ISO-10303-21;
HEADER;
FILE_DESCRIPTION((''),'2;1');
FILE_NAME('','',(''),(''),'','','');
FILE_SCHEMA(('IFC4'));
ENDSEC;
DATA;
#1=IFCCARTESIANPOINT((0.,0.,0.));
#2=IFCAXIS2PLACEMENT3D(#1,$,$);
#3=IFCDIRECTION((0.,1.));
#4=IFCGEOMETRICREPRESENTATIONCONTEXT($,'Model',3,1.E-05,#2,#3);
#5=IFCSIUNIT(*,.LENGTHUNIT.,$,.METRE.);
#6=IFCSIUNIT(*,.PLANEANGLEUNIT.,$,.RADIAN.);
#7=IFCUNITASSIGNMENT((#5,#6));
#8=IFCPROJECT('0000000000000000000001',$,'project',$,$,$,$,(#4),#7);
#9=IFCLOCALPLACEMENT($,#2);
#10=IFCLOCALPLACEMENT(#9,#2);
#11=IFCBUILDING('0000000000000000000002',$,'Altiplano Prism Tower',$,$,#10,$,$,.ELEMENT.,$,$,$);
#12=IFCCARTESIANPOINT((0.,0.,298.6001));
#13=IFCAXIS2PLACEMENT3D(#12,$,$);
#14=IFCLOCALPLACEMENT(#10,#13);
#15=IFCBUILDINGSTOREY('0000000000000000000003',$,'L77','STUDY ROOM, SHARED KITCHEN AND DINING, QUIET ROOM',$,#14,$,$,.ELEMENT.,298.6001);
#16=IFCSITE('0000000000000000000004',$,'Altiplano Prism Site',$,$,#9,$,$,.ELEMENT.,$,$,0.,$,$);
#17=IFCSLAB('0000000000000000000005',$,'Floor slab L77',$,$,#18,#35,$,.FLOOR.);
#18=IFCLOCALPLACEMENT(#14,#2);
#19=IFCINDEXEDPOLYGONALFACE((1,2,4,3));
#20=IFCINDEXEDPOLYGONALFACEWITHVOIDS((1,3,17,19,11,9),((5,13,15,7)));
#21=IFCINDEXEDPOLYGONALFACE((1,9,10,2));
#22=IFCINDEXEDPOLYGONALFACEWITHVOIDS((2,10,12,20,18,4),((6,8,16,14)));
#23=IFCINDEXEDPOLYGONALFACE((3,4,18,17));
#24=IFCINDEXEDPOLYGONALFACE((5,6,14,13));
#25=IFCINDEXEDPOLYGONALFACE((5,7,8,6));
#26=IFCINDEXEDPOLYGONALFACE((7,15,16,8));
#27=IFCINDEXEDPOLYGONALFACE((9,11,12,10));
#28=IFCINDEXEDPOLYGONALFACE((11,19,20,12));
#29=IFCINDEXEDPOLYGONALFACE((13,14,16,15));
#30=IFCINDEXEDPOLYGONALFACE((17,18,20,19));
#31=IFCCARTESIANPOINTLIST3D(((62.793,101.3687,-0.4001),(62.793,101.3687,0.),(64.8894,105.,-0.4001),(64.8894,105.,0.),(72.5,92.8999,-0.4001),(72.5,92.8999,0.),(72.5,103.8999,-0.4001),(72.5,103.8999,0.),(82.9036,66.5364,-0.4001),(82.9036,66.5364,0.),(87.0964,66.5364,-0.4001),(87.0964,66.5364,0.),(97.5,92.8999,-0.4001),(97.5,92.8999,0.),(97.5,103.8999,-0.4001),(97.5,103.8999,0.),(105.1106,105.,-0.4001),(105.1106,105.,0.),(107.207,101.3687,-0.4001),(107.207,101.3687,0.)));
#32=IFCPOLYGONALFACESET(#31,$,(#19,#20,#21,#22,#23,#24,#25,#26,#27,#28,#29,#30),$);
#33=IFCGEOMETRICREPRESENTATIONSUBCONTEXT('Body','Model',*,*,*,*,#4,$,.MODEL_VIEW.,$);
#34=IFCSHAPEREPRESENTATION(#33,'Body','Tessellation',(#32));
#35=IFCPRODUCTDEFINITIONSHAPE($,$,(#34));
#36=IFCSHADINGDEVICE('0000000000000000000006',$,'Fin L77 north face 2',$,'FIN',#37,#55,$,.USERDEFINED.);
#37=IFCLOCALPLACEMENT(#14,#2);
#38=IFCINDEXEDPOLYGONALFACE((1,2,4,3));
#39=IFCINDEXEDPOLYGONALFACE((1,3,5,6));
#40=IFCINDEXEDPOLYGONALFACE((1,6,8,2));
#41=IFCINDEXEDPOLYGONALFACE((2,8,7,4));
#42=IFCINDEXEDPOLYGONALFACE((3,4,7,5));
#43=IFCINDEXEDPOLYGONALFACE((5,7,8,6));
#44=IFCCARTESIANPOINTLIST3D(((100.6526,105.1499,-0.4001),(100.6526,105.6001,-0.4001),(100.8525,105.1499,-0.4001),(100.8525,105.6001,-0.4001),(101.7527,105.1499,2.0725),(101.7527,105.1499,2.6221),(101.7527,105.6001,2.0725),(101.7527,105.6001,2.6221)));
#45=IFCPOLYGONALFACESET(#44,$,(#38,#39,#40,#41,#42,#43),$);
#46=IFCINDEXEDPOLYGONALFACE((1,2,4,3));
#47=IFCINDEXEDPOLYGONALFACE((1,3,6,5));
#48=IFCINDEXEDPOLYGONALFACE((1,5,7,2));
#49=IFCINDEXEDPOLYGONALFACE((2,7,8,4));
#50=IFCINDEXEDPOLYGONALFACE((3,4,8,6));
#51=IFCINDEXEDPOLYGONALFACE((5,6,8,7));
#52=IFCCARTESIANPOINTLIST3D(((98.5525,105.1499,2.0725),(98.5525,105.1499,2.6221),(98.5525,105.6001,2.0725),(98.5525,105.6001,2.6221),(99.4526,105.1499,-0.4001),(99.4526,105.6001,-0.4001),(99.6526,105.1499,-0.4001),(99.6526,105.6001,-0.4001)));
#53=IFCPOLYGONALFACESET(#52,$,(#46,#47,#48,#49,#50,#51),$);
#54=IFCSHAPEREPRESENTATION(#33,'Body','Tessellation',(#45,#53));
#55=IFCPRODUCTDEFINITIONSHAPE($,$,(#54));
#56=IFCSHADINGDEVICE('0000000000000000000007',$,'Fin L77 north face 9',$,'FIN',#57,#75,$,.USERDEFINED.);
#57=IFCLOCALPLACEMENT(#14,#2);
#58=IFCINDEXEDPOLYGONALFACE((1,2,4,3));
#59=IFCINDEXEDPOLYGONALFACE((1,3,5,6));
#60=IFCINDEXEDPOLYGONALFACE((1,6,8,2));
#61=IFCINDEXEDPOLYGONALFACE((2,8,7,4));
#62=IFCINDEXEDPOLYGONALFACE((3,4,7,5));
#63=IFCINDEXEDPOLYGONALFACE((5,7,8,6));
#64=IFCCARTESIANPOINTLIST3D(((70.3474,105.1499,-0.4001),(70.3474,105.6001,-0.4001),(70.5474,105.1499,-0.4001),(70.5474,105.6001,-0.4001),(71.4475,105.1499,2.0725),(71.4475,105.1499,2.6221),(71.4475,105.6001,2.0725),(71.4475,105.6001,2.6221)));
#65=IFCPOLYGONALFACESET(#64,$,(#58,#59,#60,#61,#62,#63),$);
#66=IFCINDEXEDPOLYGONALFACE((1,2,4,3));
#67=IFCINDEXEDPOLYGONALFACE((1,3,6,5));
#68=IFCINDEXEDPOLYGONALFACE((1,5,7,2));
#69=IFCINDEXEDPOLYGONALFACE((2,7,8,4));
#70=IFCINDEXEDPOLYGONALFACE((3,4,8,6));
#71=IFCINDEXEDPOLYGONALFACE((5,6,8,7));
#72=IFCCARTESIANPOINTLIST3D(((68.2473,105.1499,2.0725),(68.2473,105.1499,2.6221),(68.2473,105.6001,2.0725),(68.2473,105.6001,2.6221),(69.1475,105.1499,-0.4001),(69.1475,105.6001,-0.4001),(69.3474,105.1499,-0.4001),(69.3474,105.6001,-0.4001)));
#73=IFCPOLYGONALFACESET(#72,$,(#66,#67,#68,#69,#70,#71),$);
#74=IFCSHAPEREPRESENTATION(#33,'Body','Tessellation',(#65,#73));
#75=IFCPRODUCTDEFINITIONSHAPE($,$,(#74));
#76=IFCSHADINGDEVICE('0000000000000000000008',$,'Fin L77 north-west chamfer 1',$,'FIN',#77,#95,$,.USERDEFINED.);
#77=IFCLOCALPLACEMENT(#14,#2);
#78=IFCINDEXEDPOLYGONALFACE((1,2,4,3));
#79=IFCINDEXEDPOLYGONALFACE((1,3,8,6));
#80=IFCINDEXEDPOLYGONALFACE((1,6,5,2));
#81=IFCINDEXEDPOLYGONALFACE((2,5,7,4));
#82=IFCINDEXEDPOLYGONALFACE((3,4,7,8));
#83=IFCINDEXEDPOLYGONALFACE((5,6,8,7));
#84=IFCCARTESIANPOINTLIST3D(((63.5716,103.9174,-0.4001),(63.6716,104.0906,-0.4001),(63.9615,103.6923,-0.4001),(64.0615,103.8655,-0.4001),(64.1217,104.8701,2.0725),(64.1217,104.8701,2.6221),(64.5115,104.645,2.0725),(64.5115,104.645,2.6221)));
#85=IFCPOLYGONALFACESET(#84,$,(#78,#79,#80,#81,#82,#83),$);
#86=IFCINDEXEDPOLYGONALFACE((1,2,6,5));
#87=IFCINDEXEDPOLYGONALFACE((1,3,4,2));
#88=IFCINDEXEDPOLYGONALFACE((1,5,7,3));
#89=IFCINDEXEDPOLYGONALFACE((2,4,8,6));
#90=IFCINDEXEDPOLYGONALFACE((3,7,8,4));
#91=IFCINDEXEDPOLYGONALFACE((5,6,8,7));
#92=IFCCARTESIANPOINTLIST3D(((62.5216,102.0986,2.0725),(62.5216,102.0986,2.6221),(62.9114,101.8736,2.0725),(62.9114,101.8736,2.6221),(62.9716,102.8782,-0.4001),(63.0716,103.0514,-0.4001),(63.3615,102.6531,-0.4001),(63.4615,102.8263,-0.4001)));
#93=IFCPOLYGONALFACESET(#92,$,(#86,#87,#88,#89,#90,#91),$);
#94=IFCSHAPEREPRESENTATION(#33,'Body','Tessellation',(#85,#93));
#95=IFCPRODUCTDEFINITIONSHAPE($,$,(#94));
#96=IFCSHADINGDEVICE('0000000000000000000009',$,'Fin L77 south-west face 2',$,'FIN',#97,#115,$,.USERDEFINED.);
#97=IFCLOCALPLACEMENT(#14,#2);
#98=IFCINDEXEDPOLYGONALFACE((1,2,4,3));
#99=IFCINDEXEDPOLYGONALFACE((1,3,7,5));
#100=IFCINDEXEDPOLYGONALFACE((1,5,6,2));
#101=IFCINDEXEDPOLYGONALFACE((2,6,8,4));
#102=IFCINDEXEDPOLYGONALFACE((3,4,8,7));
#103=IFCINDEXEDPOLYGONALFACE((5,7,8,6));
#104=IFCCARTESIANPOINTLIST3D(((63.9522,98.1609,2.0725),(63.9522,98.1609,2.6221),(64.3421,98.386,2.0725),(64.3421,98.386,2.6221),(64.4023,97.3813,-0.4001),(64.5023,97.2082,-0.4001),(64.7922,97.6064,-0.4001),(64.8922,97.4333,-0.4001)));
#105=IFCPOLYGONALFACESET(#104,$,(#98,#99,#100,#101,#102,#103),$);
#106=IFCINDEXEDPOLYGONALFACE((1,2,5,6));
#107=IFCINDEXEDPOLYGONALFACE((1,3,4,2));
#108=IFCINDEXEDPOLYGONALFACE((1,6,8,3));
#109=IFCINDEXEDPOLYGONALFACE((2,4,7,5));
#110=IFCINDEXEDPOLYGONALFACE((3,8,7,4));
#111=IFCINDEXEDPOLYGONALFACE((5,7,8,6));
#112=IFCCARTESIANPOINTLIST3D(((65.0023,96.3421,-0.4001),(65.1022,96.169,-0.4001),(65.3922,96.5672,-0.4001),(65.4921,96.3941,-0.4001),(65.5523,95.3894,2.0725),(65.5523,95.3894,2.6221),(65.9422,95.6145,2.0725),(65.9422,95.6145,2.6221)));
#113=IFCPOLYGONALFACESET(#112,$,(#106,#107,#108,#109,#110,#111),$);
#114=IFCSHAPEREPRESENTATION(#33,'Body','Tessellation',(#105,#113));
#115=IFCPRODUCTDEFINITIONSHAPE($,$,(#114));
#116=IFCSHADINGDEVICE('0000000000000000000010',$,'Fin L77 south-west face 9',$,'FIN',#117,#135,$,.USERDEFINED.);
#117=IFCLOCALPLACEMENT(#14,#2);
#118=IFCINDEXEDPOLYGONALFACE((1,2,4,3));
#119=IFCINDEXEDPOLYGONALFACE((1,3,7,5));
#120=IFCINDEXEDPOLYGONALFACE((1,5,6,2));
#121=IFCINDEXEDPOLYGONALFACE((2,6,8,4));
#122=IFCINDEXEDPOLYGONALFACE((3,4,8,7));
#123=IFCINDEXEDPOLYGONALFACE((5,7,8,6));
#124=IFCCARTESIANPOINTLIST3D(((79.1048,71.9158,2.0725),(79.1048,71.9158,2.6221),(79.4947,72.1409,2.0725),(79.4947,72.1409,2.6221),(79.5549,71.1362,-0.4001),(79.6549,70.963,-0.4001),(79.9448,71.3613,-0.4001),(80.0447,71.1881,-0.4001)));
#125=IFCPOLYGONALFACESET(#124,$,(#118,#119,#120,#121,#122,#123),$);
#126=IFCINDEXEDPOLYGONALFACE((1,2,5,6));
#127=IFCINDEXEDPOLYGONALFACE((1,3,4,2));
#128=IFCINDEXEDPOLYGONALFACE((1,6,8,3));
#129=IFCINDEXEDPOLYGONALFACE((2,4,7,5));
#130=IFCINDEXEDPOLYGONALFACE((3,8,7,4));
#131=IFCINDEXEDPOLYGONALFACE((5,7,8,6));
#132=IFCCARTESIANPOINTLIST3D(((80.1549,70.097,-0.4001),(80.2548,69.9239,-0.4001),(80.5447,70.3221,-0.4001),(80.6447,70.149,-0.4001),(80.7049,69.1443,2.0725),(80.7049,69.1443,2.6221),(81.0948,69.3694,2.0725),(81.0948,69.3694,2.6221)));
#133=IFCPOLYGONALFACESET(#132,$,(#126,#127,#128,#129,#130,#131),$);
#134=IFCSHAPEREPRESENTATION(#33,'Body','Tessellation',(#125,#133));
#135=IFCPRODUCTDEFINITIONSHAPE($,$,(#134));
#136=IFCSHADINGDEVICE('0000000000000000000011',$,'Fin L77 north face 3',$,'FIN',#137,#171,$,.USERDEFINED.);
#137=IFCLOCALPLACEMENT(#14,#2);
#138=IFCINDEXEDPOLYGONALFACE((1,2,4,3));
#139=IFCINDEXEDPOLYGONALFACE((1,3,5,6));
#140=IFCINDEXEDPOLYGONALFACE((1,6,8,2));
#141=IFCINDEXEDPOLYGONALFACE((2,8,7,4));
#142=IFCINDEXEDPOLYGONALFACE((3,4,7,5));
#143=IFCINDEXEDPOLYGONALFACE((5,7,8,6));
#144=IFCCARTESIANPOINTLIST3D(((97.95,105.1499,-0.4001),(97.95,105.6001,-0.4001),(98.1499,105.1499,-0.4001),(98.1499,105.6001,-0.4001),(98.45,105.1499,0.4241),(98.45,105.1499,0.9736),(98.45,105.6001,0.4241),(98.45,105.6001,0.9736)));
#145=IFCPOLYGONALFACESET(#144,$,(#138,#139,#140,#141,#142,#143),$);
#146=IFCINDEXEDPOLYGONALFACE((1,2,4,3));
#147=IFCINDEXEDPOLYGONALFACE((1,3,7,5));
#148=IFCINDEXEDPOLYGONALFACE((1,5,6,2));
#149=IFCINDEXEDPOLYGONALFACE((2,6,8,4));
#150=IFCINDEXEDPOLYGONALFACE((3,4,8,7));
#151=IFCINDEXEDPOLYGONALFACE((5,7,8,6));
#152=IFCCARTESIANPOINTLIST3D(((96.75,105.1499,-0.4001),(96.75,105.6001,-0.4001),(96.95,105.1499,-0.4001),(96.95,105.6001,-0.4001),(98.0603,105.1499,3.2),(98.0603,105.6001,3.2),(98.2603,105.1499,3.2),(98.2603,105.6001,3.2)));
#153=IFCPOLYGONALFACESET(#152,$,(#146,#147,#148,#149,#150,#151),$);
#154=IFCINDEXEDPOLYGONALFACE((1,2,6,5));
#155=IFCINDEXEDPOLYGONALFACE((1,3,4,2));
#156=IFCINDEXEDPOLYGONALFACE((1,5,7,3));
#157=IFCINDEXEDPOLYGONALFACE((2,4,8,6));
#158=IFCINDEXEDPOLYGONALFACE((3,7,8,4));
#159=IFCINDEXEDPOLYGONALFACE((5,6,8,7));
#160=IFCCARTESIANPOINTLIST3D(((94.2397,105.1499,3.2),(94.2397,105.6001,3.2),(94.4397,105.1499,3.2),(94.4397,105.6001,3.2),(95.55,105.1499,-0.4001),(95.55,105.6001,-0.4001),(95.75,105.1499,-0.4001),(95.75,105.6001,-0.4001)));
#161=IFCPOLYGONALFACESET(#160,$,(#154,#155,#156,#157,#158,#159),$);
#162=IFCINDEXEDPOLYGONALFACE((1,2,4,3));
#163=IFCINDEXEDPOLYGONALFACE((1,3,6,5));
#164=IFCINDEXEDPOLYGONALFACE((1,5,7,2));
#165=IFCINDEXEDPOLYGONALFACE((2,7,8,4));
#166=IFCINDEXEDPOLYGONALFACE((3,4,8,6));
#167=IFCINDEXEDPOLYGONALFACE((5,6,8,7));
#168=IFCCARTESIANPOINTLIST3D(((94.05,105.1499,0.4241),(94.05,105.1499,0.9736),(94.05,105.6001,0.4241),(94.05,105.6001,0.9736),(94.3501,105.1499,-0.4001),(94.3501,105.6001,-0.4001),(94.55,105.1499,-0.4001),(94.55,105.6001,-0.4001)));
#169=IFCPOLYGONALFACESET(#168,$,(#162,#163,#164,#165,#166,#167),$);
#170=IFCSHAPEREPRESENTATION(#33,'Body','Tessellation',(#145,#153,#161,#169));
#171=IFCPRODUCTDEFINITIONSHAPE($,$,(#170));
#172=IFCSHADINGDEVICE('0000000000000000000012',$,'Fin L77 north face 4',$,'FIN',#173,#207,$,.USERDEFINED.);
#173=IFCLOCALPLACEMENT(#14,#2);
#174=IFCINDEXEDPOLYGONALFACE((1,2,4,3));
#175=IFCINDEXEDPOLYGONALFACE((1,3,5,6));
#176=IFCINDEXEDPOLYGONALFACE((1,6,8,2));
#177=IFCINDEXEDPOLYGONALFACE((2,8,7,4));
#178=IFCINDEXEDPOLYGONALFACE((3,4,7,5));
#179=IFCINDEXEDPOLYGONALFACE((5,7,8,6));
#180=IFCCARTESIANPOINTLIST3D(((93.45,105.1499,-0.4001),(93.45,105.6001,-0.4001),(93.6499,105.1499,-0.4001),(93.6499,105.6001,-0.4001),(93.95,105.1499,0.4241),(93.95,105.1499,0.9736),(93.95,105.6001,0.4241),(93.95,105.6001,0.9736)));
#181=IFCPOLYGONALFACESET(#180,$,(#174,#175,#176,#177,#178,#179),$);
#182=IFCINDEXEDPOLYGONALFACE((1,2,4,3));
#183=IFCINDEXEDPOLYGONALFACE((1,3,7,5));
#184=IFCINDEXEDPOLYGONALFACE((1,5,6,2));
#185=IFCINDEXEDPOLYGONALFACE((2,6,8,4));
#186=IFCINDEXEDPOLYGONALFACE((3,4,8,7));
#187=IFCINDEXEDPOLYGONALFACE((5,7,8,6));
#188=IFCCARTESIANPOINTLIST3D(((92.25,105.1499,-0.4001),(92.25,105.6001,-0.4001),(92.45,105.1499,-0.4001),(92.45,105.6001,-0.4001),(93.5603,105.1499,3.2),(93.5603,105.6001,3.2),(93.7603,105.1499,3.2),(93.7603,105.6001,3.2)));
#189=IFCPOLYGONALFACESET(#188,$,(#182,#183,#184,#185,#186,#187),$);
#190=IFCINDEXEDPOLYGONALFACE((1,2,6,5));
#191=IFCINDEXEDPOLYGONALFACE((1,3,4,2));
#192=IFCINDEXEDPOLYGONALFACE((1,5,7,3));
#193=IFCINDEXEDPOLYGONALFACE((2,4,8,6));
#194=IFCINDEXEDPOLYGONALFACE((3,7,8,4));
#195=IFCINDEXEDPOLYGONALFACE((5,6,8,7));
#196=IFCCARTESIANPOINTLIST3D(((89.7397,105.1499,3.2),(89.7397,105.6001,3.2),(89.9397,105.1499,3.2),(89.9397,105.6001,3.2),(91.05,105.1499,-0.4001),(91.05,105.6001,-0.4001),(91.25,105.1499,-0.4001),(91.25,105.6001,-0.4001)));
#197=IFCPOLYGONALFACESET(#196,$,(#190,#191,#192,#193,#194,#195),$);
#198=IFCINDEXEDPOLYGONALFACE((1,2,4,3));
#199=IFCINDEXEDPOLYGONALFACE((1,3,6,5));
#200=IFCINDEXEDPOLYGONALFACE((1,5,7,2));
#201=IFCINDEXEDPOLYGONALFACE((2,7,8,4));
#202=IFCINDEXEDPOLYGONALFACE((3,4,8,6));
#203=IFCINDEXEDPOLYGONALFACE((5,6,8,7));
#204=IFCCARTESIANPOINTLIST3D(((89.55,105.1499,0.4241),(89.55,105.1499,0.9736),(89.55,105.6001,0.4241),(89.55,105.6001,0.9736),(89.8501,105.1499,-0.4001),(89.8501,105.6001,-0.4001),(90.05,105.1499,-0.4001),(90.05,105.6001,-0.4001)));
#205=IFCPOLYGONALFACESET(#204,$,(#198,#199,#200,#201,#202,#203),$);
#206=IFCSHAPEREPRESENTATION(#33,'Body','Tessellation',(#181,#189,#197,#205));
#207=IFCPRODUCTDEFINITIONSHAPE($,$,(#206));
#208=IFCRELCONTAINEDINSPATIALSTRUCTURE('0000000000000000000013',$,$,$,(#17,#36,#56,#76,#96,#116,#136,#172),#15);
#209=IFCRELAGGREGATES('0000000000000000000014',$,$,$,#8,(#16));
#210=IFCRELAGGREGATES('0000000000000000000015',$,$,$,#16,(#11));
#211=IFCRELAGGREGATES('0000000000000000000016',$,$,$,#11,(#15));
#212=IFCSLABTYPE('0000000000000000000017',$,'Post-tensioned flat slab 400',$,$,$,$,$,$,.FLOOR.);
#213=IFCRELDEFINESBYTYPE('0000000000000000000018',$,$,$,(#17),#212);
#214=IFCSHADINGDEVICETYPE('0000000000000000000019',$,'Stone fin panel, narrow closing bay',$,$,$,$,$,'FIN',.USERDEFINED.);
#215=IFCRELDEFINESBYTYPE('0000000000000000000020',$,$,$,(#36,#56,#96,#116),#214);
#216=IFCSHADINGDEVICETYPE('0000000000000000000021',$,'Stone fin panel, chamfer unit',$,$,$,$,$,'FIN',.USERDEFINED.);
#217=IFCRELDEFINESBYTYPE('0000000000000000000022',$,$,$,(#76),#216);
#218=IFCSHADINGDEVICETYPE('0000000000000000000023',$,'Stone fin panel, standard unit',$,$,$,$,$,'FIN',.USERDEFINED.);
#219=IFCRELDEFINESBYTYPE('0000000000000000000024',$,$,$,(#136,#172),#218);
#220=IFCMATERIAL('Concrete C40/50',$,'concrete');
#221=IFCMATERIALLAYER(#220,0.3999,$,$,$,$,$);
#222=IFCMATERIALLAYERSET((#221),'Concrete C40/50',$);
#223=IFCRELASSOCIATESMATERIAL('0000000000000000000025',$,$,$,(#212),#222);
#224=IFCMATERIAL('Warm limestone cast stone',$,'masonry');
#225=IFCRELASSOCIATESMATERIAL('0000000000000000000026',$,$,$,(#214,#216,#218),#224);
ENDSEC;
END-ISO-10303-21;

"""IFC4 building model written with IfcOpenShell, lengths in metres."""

from ifc_helpers import new_model, si_unit, direction, frame, origin, place, context, subcontext, project, spatial, polyline, outline, extrude, source, transform, mapped, material, layer, layer_set, type_object, element, save


model = new_model("IFC4")

# Units and contexts
model_context = context("Model", 3, precision=1e-05, world=origin(), true_north=direction((0.0, 1.0)))
body_context = subcontext(model_context, "Body", "Model", "MODEL_VIEW")
ifc_project = project(units=[si_unit("LENGTHUNIT", "METRE"), si_unit("PLANEANGLEUNIT", "RADIAN")], contexts=[model_context])

# Site, building, storey
site_placement = place(None, origin())
site = spatial("IfcSite", under=ifc_project, at=site_placement, Name="Altiplano Prism Site", CompositionType="ELEMENT", RefElevation=0.0)
building_placement = place(site_placement, origin())
building = spatial("IfcBuilding", under=site, at=building_placement, Name="Altiplano Prism Tower", CompositionType="ELEMENT")
storey_placement = place(building_placement, frame((0.0, 0.0, 298.6001)))
storey = spatial("IfcBuildingStorey", under=building, at=storey_placement, Name="L77", Description="STUDY ROOM, SHARED KITCHEN AND DINING, QUIET ROOM", CompositionType="ELEMENT", Elevation=298.6001)

# Slab
ifc_material_1 = material(Name="Concrete C40/50", Category="concrete")
ifc_layer = layer(ifc_material_1, 0.3999)
ifc_layer_set = layer_set([ifc_layer], Name="Concrete C40/50")
slab_type = type_object("IfcSlabType", Name="Post-tensioned flat slab 400", PredefinedType="FLOOR", material=ifc_layer_set)
slab_placement = place(storey_placement, frame((0.0, 0.0, -0.4001)))
element("IfcSlab", 1, at=slab_placement, inside=storey, type_object=slab_type, Name="Floor slab L77", PredefinedType="FLOOR", context=body_context, shape_type="SweptSolid", body=[
    extrude(outline(polyline([(107.207, 101.3687), (87.0964, 66.5364), (82.9036, 66.5364), (62.793, 101.3687), (64.8894, 105.0), (105.1106, 105.0), (107.207, 101.3687)]), holes=[polyline([(97.5, 92.8999), (97.5, 103.8999), (72.5, 103.8999), (72.5, 92.8999), (97.5, 92.8999)])]), origin(), (0.0, 0.0, 1.0), 0.4001),
])

# Shading devices
ifc_material_2 = material(Name="Warm limestone cast stone", Category="masonry")
shading_device_type_1 = type_object("IfcShadingDeviceType", Name="Stone fin panel, narrow closing bay", ElementType="FIN", PredefinedType="USERDEFINED", material=ifc_material_2)
shared_shape_1 = source(origin(), body_context, "Body", "SweptSolid", [
    extrude(outline(polyline([(-1.6001, 3.0222), (-1.6001, 2.4727), (-0.7, 0.0), (-0.5, 0.0), (-1.6001, 3.0222)])), frame((0.0, -0.1499, 0.0), z_axis=(0.0, -1.0, 0.0), x_axis=(1.0, 0.0, 0.0)), (0.0, 0.0, 1.0), 0.4502),
    extrude(outline(polyline([(1.6001, 2.4727), (1.6001, 3.0222), (0.5, 0.0), (0.7, 0.0), (1.6001, 2.4727)])), frame((0.0, -0.1499, 0.0), z_axis=(0.0, -1.0, 0.0), x_axis=(1.0, 0.0, 0.0)), (0.0, 0.0, 1.0), 0.4502),
])
shading_device_1_placement = place(storey_placement, origin())
element("IfcShadingDevice", 2, at=shading_device_1_placement, inside=storey, type_object=shading_device_type_1, Name="Fin L77 north face 2", ObjectType="FIN", PredefinedType="USERDEFINED", context=body_context, shape_type="MappedRepresentation", body=[
    mapped(shared_shape_1, transform((100.1526, 105.0, -0.4001), x_axis=(-1.0, 0.0, 0.0), y_axis=(0.0, -1.0, 0.0), z_axis=(0.0, 0.0, 1.0))),
])
shading_device_2_placement = place(storey_placement, origin())
element("IfcShadingDevice", 3, at=shading_device_2_placement, inside=storey, type_object=shading_device_type_1, Name="Fin L77 north face 9", ObjectType="FIN", PredefinedType="USERDEFINED", context=body_context, shape_type="MappedRepresentation", body=[
    mapped(shared_shape_1, transform((69.8474, 105.0, -0.4001), x_axis=(-1.0, 0.0, 0.0), y_axis=(0.0, -1.0, 0.0), z_axis=(0.0, 0.0, 1.0))),
])
shading_device_type_2 = type_object("IfcShadingDeviceType", Name="Stone fin panel, chamfer unit", ElementType="FIN", PredefinedType="USERDEFINED", material=ifc_material_2)
shading_device_3_placement = place(storey_placement, origin())
element("IfcShadingDevice", 4, at=shading_device_3_placement, inside=storey, type_object=shading_device_type_2, Name="Fin L77 north-west chamfer 1", ObjectType="FIN", PredefinedType="USERDEFINED", context=body_context, shape_type="MappedRepresentation", body=[
    mapped(shared_shape_1, transform((63.8413, 103.1843, -0.4001), x_axis=(-0.5, -0.866025, 0.0), y_axis=(0.866025, -0.5, 0.0), z_axis=(0.0, 0.0, 1.0))),
])
shading_device_4_placement = place(storey_placement, origin())
element("IfcShadingDevice", 5, at=shading_device_4_placement, inside=storey, type_object=shading_device_type_1, Name="Fin L77 south-west face 2", ObjectType="FIN", PredefinedType="USERDEFINED", context=body_context, shape_type="MappedRepresentation", body=[
    mapped(shared_shape_1, transform((65.272, 97.0752, -0.4001), x_axis=(0.5, -0.866025, 0.0), y_axis=(0.866025, 0.5, 0.0), z_axis=(0.0, 0.0, 1.0))),
])
shading_device_5_placement = place(storey_placement, origin())
element("IfcShadingDevice", 6, at=shading_device_5_placement, inside=storey, type_object=shading_device_type_1, Name="Fin L77 south-west face 9", ObjectType="FIN", PredefinedType="USERDEFINED", context=body_context, shape_type="MappedRepresentation", body=[
    mapped(shared_shape_1, transform((80.4246, 70.8301, -0.4001), x_axis=(0.5, -0.866025, 0.0), y_axis=(0.866025, 0.5, 0.0), z_axis=(0.0, 0.0, 1.0))),
])
shading_device_type_3 = type_object("IfcShadingDeviceType", Name="Stone fin panel, standard unit", ElementType="FIN", PredefinedType="USERDEFINED", material=ifc_material_2)
shared_shape_2 = source(origin(), body_context, "Body", "SweptSolid", [
    extrude(outline(polyline([(-2.2, 1.3738), (-2.2, 0.8242), (-1.8999, 0.0), (-1.7, 0.0), (-2.2, 1.3738)])), frame((0.0, -0.1499, 0.0), z_axis=(0.0, -1.0, 0.0), x_axis=(1.0, 0.0, 0.0)), (0.0, 0.0, 1.0), 0.4502),
    extrude(outline(polyline([(-2.0103, 3.6001), (-0.7, 0.0), (-0.5, 0.0), (-1.8103, 3.6001), (-2.0103, 3.6001)])), frame((0.0, -0.1499, 0.0), z_axis=(0.0, -1.0, 0.0), x_axis=(1.0, 0.0, 0.0)), (0.0, 0.0, 1.0), 0.4502),
    extrude(outline(polyline([(1.8103, 3.6001), (0.5, 0.0), (0.7, 0.0), (2.0103, 3.6001), (1.8103, 3.6001)])), frame((0.0, -0.1499, 0.0), z_axis=(0.0, -1.0, 0.0), x_axis=(1.0, 0.0, 0.0)), (0.0, 0.0, 1.0), 0.4502),
    extrude(outline(polyline([(2.2, 0.8242), (2.2, 1.3738), (1.7, 0.0), (1.8999, 0.0), (2.2, 0.8242)])), frame((0.0, -0.1499, 0.0), z_axis=(0.0, -1.0, 0.0), x_axis=(1.0, 0.0, 0.0)), (0.0, 0.0, 1.0), 0.4502),
])
shading_device_6_placement = place(storey_placement, origin())
element("IfcShadingDevice", 7, at=shading_device_6_placement, inside=storey, type_object=shading_device_type_3, Name="Fin L77 north face 3", ObjectType="FIN", PredefinedType="USERDEFINED", context=body_context, shape_type="MappedRepresentation", body=[
    mapped(shared_shape_2, transform((96.25, 105.0, -0.4001), x_axis=(-1.0, 0.0, 0.0), y_axis=(0.0, -1.0, 0.0), z_axis=(0.0, 0.0, 1.0))),
])
shading_device_7_placement = place(storey_placement, origin())
element("IfcShadingDevice", 8, at=shading_device_7_placement, inside=storey, type_object=shading_device_type_3, Name="Fin L77 north face 4", ObjectType="FIN", PredefinedType="USERDEFINED", context=body_context, shape_type="MappedRepresentation", body=[
    mapped(shared_shape_2, transform((91.75, 105.0, -0.4001), x_axis=(-1.0, 0.0, 0.0), y_axis=(0.0, -1.0, 0.0), z_axis=(0.0, 0.0, 1.0))),
])

save(model, "model.ifc")
